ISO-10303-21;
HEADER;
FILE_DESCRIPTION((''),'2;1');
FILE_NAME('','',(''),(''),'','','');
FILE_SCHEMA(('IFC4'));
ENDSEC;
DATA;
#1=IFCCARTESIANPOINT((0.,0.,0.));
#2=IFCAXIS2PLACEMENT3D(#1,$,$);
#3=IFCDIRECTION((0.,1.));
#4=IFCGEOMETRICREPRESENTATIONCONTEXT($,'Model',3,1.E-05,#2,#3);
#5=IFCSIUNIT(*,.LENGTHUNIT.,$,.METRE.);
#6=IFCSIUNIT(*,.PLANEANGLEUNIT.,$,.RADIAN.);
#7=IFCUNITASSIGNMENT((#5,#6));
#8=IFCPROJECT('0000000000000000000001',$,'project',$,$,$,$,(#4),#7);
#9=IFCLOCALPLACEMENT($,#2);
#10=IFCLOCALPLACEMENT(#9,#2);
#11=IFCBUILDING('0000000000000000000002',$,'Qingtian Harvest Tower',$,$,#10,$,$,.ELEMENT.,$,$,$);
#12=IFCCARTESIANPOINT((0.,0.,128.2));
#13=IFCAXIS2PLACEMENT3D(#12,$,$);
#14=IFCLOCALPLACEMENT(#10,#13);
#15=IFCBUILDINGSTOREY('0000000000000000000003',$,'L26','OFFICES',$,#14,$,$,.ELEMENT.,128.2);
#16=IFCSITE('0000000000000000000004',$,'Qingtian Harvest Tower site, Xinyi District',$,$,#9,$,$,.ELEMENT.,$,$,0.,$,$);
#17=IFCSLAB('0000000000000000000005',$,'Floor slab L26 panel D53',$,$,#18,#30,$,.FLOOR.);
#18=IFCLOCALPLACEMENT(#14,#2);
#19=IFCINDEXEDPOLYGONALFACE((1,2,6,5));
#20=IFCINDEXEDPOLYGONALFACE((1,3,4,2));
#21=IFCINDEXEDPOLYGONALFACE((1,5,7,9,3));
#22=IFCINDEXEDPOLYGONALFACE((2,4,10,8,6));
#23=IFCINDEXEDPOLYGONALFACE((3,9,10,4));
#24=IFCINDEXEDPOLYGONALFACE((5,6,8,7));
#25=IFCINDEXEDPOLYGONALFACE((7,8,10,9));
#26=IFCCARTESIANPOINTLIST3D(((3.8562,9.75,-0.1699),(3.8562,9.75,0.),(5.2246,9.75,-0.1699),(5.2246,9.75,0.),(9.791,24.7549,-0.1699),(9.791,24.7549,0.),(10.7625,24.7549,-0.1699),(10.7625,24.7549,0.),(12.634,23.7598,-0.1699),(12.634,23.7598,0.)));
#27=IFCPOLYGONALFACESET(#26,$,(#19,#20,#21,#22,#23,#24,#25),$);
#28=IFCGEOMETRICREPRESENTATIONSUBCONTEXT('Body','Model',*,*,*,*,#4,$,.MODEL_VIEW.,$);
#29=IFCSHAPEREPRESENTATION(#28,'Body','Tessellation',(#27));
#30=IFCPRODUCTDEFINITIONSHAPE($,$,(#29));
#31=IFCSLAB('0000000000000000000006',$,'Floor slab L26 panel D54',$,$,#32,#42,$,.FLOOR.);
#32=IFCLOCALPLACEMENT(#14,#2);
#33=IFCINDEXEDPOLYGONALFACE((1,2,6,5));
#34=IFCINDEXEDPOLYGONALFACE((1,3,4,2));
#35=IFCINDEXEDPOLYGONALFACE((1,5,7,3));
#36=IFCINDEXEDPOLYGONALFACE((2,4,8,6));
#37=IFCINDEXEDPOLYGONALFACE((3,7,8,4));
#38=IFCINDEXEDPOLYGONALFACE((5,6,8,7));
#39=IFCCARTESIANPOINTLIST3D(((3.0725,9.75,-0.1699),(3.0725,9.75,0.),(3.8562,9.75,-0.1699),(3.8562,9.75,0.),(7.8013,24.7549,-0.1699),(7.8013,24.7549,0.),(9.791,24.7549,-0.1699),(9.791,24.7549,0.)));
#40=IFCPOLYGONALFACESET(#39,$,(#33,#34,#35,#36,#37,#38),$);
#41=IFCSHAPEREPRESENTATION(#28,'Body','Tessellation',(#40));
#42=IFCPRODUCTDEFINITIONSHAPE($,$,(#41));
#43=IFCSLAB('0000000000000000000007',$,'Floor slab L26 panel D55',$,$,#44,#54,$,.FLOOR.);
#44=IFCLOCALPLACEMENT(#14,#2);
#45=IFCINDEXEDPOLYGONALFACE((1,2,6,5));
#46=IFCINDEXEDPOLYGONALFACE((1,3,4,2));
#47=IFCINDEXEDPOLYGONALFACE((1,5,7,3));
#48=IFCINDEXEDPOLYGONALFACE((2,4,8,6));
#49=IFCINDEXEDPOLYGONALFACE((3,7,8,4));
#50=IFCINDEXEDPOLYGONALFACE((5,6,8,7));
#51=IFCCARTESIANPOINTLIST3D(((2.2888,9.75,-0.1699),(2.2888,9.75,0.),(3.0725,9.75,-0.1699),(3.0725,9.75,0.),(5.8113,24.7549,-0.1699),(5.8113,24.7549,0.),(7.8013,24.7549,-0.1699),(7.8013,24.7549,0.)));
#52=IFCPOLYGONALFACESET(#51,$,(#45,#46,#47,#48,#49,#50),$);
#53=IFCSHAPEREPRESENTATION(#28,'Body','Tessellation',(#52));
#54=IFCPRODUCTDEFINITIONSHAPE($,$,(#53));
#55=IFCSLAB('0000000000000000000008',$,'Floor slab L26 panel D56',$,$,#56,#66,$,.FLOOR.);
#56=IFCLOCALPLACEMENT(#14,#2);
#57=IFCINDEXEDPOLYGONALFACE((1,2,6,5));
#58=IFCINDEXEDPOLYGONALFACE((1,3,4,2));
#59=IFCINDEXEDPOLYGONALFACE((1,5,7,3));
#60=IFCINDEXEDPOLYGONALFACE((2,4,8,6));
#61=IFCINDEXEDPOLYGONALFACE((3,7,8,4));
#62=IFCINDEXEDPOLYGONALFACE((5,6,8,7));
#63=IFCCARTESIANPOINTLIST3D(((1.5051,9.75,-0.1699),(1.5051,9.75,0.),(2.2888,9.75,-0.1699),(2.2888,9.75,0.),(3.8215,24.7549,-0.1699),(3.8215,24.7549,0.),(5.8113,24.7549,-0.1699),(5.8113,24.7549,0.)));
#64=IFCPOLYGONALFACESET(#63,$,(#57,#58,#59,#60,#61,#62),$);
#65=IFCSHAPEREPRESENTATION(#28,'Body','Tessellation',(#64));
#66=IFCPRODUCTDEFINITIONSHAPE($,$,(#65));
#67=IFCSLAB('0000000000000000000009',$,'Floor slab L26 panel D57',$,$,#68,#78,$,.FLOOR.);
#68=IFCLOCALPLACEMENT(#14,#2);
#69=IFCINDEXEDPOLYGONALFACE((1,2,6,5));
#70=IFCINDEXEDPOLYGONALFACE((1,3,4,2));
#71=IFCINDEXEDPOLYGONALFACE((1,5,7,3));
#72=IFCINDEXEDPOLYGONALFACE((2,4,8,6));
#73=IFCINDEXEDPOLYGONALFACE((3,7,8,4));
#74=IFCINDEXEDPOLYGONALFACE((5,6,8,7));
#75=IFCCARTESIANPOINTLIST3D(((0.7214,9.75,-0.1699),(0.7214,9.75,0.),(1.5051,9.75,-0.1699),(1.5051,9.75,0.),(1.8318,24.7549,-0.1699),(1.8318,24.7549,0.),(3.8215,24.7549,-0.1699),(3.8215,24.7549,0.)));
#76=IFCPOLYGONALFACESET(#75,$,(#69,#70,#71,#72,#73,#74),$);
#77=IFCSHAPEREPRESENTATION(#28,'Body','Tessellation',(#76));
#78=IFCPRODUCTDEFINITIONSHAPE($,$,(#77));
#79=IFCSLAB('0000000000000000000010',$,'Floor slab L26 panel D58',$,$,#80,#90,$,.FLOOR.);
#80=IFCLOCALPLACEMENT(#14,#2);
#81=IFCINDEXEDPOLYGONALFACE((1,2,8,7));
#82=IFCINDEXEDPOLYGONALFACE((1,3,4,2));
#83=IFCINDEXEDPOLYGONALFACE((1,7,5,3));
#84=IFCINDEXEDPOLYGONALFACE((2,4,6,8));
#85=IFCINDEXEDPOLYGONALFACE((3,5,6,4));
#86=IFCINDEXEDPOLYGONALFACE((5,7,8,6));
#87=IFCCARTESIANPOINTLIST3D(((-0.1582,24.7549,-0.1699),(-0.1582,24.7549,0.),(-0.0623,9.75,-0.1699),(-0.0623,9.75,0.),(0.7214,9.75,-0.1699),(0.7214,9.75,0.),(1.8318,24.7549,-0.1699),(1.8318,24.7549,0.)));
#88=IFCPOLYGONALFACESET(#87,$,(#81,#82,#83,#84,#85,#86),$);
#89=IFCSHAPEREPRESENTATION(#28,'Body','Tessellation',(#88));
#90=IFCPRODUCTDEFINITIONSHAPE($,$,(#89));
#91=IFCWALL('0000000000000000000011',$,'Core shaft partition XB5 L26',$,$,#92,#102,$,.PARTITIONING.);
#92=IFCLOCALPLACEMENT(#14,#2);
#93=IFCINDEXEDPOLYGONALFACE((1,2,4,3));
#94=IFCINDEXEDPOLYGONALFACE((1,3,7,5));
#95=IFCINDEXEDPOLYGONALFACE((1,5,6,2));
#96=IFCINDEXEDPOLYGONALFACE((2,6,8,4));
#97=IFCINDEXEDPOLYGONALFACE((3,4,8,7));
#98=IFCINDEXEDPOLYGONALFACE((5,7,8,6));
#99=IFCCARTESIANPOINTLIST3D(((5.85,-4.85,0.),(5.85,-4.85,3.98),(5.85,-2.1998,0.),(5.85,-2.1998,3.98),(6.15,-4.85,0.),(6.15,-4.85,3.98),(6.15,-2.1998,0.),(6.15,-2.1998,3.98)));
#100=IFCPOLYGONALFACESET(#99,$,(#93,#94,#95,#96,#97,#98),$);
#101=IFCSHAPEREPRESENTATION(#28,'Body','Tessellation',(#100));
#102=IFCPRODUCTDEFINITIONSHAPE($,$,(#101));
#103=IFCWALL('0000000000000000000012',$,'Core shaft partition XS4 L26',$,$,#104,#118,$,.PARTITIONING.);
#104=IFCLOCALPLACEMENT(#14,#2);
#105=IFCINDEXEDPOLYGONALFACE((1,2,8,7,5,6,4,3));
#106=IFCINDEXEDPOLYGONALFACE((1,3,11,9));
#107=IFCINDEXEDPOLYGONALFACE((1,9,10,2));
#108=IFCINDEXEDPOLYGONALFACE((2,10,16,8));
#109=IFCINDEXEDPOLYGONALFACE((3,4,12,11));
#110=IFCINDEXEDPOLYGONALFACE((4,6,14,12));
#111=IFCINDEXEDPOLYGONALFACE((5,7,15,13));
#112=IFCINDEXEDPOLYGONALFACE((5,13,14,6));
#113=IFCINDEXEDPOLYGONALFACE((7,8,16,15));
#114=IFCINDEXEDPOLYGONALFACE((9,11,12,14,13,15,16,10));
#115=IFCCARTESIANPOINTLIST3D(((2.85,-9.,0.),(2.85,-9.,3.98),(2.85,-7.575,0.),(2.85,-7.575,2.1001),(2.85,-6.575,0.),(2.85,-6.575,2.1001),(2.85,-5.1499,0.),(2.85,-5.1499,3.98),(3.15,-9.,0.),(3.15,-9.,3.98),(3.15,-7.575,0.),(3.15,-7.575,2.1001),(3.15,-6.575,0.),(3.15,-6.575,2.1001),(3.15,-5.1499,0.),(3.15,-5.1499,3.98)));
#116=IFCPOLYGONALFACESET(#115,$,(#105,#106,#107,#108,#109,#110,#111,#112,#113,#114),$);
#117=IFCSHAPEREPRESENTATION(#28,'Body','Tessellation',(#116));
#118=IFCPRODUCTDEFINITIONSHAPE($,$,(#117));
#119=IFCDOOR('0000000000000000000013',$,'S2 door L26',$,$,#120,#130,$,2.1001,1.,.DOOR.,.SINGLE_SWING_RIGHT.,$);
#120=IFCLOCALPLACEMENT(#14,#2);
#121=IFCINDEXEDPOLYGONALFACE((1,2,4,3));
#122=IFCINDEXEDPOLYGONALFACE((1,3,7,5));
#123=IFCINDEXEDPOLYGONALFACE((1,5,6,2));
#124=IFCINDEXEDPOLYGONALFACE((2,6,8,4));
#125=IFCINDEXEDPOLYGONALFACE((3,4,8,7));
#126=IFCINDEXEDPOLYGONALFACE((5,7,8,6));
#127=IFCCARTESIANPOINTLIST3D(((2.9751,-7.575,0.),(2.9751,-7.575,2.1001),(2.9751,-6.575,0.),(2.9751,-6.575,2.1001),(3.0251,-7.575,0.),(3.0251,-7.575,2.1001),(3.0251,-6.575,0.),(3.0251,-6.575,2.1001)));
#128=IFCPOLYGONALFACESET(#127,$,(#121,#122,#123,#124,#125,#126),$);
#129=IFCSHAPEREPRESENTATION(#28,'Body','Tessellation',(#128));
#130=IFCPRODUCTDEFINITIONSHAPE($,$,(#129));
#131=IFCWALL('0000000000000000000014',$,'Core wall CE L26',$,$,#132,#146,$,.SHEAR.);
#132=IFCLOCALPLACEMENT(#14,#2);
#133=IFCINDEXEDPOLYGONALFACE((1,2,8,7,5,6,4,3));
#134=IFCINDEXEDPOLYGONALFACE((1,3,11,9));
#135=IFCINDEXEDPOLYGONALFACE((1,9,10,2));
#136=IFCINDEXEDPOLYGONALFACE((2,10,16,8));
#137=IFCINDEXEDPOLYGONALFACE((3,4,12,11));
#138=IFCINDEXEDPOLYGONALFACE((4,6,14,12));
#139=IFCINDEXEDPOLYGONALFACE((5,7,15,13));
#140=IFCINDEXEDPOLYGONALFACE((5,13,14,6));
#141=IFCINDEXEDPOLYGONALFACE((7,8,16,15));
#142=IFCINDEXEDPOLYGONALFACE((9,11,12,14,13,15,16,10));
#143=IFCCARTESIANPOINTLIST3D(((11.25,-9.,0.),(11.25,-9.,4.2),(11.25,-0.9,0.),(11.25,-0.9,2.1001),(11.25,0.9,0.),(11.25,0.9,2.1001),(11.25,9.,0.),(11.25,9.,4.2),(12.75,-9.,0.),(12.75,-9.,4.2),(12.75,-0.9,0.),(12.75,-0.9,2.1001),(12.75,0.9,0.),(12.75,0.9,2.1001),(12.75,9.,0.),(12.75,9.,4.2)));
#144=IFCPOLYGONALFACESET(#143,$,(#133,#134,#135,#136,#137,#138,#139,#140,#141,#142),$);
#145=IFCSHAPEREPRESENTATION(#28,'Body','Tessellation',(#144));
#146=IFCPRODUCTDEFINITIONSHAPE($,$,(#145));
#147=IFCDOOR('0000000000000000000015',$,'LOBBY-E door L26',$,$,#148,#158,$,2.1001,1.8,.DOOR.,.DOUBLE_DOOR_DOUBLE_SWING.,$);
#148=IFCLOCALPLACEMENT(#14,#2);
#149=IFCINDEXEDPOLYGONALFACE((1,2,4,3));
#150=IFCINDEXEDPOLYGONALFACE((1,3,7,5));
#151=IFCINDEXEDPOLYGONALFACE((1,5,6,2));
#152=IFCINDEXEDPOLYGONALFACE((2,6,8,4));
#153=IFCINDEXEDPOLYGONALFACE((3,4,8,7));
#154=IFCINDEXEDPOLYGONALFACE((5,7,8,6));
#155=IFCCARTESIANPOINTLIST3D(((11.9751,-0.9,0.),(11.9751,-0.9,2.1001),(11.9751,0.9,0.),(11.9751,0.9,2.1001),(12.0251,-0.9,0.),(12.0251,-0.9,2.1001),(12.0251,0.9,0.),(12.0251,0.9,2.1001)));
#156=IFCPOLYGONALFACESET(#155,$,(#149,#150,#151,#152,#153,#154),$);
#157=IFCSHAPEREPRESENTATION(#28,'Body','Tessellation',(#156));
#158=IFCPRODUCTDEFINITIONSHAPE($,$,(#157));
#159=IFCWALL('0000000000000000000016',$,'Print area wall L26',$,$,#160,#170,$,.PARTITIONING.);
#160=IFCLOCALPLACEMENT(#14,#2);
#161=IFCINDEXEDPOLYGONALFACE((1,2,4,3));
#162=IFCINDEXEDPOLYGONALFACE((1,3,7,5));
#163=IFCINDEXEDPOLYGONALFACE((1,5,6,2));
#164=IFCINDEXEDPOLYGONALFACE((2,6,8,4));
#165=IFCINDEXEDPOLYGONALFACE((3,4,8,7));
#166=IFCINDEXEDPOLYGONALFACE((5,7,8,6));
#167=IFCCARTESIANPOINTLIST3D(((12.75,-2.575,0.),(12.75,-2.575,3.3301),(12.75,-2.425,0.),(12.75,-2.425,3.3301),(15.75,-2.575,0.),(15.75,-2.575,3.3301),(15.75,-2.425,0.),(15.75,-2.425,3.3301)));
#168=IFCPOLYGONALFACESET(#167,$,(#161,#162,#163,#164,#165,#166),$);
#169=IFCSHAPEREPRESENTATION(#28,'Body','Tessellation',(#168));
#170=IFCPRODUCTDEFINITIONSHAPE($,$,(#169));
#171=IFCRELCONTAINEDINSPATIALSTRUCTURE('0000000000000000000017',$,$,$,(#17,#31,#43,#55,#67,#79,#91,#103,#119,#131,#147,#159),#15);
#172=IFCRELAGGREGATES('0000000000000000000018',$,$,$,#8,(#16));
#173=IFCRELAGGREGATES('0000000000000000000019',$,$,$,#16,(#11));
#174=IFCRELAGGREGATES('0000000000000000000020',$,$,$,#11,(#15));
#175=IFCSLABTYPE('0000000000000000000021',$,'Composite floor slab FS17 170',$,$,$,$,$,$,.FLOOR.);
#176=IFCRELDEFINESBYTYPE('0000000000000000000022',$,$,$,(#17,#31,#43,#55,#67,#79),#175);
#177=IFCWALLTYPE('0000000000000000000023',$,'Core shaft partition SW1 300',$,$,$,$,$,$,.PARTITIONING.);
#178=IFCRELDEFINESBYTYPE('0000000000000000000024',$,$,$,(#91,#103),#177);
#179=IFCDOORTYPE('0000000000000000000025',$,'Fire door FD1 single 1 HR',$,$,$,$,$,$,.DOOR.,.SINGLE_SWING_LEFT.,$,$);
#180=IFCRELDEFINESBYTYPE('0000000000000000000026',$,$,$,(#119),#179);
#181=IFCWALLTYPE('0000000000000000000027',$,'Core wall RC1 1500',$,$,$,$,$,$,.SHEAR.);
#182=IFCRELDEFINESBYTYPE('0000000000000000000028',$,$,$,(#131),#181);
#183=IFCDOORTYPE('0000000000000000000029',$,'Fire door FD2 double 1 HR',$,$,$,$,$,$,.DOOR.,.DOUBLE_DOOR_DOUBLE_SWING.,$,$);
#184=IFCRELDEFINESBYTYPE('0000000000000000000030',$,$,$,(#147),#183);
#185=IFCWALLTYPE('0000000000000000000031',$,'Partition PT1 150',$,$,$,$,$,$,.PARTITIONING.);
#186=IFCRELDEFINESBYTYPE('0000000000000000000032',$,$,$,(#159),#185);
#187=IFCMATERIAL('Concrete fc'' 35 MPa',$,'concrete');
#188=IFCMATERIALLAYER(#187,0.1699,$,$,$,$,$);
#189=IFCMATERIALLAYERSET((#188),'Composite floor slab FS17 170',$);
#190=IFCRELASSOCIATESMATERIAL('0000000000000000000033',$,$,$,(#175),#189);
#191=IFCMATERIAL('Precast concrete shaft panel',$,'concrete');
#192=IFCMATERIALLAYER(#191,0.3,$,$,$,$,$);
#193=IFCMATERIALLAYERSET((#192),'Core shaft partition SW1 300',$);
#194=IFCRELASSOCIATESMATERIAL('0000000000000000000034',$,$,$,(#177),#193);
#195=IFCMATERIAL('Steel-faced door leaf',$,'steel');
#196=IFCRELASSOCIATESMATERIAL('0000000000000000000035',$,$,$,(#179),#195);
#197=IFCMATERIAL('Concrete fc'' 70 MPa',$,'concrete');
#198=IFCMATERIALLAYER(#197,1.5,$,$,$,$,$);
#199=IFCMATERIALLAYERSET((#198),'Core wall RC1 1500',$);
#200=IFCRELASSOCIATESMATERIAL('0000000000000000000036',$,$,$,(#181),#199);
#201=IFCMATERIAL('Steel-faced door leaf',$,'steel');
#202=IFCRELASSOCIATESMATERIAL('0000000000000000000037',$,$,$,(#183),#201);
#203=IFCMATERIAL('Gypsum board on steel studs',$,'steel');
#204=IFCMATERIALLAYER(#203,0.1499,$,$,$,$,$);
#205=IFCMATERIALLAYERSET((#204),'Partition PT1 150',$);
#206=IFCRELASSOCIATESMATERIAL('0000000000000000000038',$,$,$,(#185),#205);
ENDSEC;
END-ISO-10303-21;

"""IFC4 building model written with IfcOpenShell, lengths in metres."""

from ifc_helpers import new_model, si_unit, direction, frame, frame_2d, origin, place, context, subcontext, project, spatial, polyline, rectangle, outline, extrude, material, layer, layer_set, type_object, element, fill, save


model = new_model("IFC4")

# Units and contexts
model_context = context("Model", 3, precision=1e-05, world=origin(), true_north=direction((0.0, 1.0)))
body_context = subcontext(model_context, "Body", "Model", "MODEL_VIEW")
ifc_project = project(units=[si_unit("LENGTHUNIT", "METRE"), si_unit("PLANEANGLEUNIT", "RADIAN")], contexts=[model_context])

# Site, building, storey
site_placement = place(None, origin())
site = spatial("IfcSite", under=ifc_project, at=site_placement, Name="Qingtian Harvest Tower site, Xinyi District", CompositionType="ELEMENT", RefElevation=0.0)
building_placement = place(site_placement, origin())
building = spatial("IfcBuilding", under=site, at=building_placement, Name="Qingtian Harvest Tower", CompositionType="ELEMENT")
storey_placement = place(building_placement, frame((0.0, 0.0, 128.2)))
storey = spatial("IfcBuildingStorey", under=building, at=storey_placement, Name="L26", Description="OFFICES", CompositionType="ELEMENT", Elevation=128.2)

# Slabs
ifc_material_1 = material(Name="Concrete fc' 35 MPa", Category="concrete")
ifc_layer_1 = layer(ifc_material_1, 0.1699)
ifc_layer_set_1 = layer_set([ifc_layer_1], Name="Composite floor slab FS17 170")
slab_type = type_object("IfcSlabType", Name="Composite floor slab FS17 170", PredefinedType="FLOOR", material=ifc_layer_set_1)
slab_1_placement = place(storey_placement, frame((0.0, 0.0, -0.1699)))
element("IfcSlab", 1, at=slab_1_placement, inside=storey, type_object=slab_type, Name="Floor slab L26 panel D53", PredefinedType="FLOOR", context=body_context, shape_type="SweptSolid", body=[
    extrude(outline(polyline([(3.8562, 9.75), (9.791, 24.7549), (10.7625, 24.7549), (12.634, 23.7598), (5.2246, 9.75), (3.8562, 9.75)])), origin(), (0.0, 0.0, 1.0), 0.1699),
])
slab_2_placement = place(storey_placement, frame((0.0, 0.0, -0.1699)))
element("IfcSlab", 2, at=slab_2_placement, inside=storey, type_object=slab_type, Name="Floor slab L26 panel D54", PredefinedType="FLOOR", context=body_context, shape_type="SweptSolid", body=[
    extrude(outline(polyline([(3.0725, 9.75), (7.8013, 24.7549), (9.791, 24.7549), (3.8562, 9.75), (3.0725, 9.75)])), origin(), (0.0, 0.0, 1.0), 0.1699),
])
slab_3_placement = place(storey_placement, frame((0.0, 0.0, -0.1699)))
element("IfcSlab", 3, at=slab_3_placement, inside=storey, type_object=slab_type, Name="Floor slab L26 panel D55", PredefinedType="FLOOR", context=body_context, shape_type="SweptSolid", body=[
    extrude(outline(polyline([(2.2888, 9.75), (5.8113, 24.7549), (7.8013, 24.7549), (3.0725, 9.75), (2.2888, 9.75)])), origin(), (0.0, 0.0, 1.0), 0.1699),
])
slab_4_placement = place(storey_placement, frame((0.0, 0.0, -0.1699)))
element("IfcSlab", 4, at=slab_4_placement, inside=storey, type_object=slab_type, Name="Floor slab L26 panel D56", PredefinedType="FLOOR", context=body_context, shape_type="SweptSolid", body=[
    extrude(outline(polyline([(1.5051, 9.75), (3.8215, 24.7549), (5.8113, 24.7549), (2.2888, 9.75), (1.5051, 9.75)])), origin(), (0.0, 0.0, 1.0), 0.1699),
])
slab_5_placement = place(storey_placement, frame((0.0, 0.0, -0.1699)))
element("IfcSlab", 5, at=slab_5_placement, inside=storey, type_object=slab_type, Name="Floor slab L26 panel D57", PredefinedType="FLOOR", context=body_context, shape_type="SweptSolid", body=[
    extrude(outline(polyline([(0.7214, 9.75), (1.8318, 24.7549), (3.8215, 24.7549), (1.5051, 9.75), (0.7214, 9.75)])), origin(), (0.0, 0.0, 1.0), 0.1699),
])
slab_6_placement = place(storey_placement, frame((0.0, 0.0, -0.1699)))
element("IfcSlab", 6, at=slab_6_placement, inside=storey, type_object=slab_type, Name="Floor slab L26 panel D58", PredefinedType="FLOOR", context=body_context, shape_type="SweptSolid", body=[
    extrude(outline(polyline([(-0.0623, 9.75), (-0.1582, 24.7549), (1.8318, 24.7549), (0.7214, 9.75), (-0.0623, 9.75)])), origin(), (0.0, 0.0, 1.0), 0.1699),
])

# Wall
ifc_material_2 = material(Name="Precast concrete shaft panel", Category="concrete")
ifc_layer_2 = layer(ifc_material_2, 0.3)
ifc_layer_set_2 = layer_set([ifc_layer_2], Name="Core shaft partition SW1 300")
wall_type_1 = type_object("IfcWallType", Name="Core shaft partition SW1 300", PredefinedType="PARTITIONING", material=ifc_layer_set_2)
wall_1_placement = place(storey_placement, frame((6.0, -4.8501, 0.0), z_axis=(0.0, 0.0, 1.0), x_axis=(0.0, 1.0, 0.0)))
element("IfcWall", 7, at=wall_1_placement, inside=storey, type_object=wall_type_1, Name="Core shaft partition XB5 L26", PredefinedType="PARTITIONING", context=body_context, shape_type="SweptSolid", body=[
    extrude(rectangle(XDim=2.6501, YDim=0.3, at=frame_2d((1.3252, 0.0))), origin(), (0.0, 0.0, 1.0), 3.98),
])

# Walls, openings, doors
wall_2_placement = place(storey_placement, frame((3.0, -9.0, 0.0), z_axis=(0.0, 0.0, 1.0), x_axis=(0.0, 1.0, 0.0)))
wall_2 = element("IfcWall", 8, at=wall_2_placement, inside=storey, type_object=wall_type_1, Name="Core shaft partition XS4 L26", PredefinedType="PARTITIONING", context=body_context, shape_type="SweptSolid", body=[
    extrude(rectangle(XDim=3.8501, YDim=0.3, at=frame_2d((1.925, 0.0))), origin(), (0.0, 0.0, 1.0), 3.98),
])
opening_1_placement = place(wall_2_placement, frame((1.425, 0.0, 0.0)))
opening_1 = element("IfcOpeningElement", 9, at=opening_1_placement, cuts=wall_2, PredefinedType="OPENING", context=body_context, shape_type="SweptSolid", body=[
    extrude(rectangle(XDim=1.0, YDim=2.1001, at=frame_2d((0.5, 1.05))), frame((0.0, 0.1599, 0.0), z_axis=(0.0, -1.0, 0.0), x_axis=(1.0, 0.0, 0.0)), (0.0, 0.0, 1.0), 0.3201),
])
ifc_material_3 = material(Name="Steel-faced door leaf", Category="steel")
door_type_1 = type_object("IfcDoorType", Name="Fire door FD1 single 1 HR", OperationType="SINGLE_SWING_LEFT", PredefinedType="DOOR", material=ifc_material_3)
door_1_placement = place(opening_1_placement, origin())
door_1 = element("IfcDoor", 10, at=door_1_placement, inside=storey, type_object=door_type_1, Name="S2 door L26", OperationType="SINGLE_SWING_RIGHT", OverallHeight=2.1001, OverallWidth=1.0, PredefinedType="DOOR", context=body_context, shape_type="SweptSolid", body=[
    extrude(rectangle(XDim=1.0, YDim=2.1001, at=frame_2d((0.5, 1.05))), frame((0.0, 0.0249, 0.0), z_axis=(0.0, -1.0, 0.0), x_axis=(1.0, 0.0, 0.0)), (0.0, 0.0, 1.0), 0.05),
])
fill(opening_1, door_1)
ifc_material_4 = material(Name="Concrete fc' 70 MPa", Category="concrete")
ifc_layer_3 = layer(ifc_material_4, 1.5)
ifc_layer_set_3 = layer_set([ifc_layer_3], Name="Core wall RC1 1500")
wall_type_2 = type_object("IfcWallType", Name="Core wall RC1 1500", PredefinedType="SHEAR", material=ifc_layer_set_3)
wall_3_placement = place(storey_placement, frame((12.0, -9.0, 0.0), z_axis=(0.0, 0.0, 1.0), x_axis=(0.0, 1.0, 0.0)))
wall_3 = element("IfcWall", 11, at=wall_3_placement, inside=storey, type_object=wall_type_2, Name="Core wall CE L26", PredefinedType="SHEAR", context=body_context, shape_type="SweptSolid", body=[
    extrude(rectangle(XDim=18.0, YDim=1.5, at=frame_2d((9.0, 0.0))), origin(), (0.0, 0.0, 1.0), 4.2),
])
opening_2_placement = place(wall_3_placement, frame((8.1001, 0.0, 0.0)))
opening_2 = element("IfcOpeningElement", 12, at=opening_2_placement, cuts=wall_3, PredefinedType="OPENING", context=body_context, shape_type="SweptSolid", body=[
    extrude(rectangle(XDim=1.8, YDim=2.1001, at=frame_2d((0.8999, 1.05))), frame((0.0, 0.76, 0.0), z_axis=(0.0, -1.0, 0.0), x_axis=(1.0, 0.0, 0.0)), (0.0, 0.0, 1.0), 1.52),
])
ifc_material_5 = material(Name="Steel-faced door leaf", Category="steel")
door_type_2 = type_object("IfcDoorType", Name="Fire door FD2 double 1 HR", OperationType="DOUBLE_DOOR_DOUBLE_SWING", PredefinedType="DOOR", material=ifc_material_5)
door_2_placement = place(opening_2_placement, origin())
door_2 = element("IfcDoor", 13, at=door_2_placement, inside=storey, type_object=door_type_2, Name="LOBBY-E door L26", OperationType="DOUBLE_DOOR_DOUBLE_SWING", OverallHeight=2.1001, OverallWidth=1.8, PredefinedType="DOOR", context=body_context, shape_type="SweptSolid", body=[
    extrude(rectangle(XDim=1.8, YDim=2.1001, at=frame_2d((0.8999, 1.05))), frame((0.0, 0.0249, 0.0), z_axis=(0.0, -1.0, 0.0), x_axis=(1.0, 0.0, 0.0)), (0.0, 0.0, 1.0), 0.05),
])
fill(opening_2, door_2)

# Wall
ifc_material_6 = material(Name="Gypsum board on steel studs", Category="steel")
ifc_layer_4 = layer(ifc_material_6, 0.1499)
ifc_layer_set_4 = layer_set([ifc_layer_4], Name="Partition PT1 150")
wall_type_3 = type_object("IfcWallType", Name="Partition PT1 150", PredefinedType="PARTITIONING", material=ifc_layer_set_4)
wall_4_placement = place(storey_placement, frame((12.75, -2.5, 0.0), z_axis=(0.0, 0.0, 1.0), x_axis=(1.0, 0.0, 0.0)))
element("IfcWall", 14, at=wall_4_placement, inside=storey, type_object=wall_type_3, Name="Print area wall L26", PredefinedType="PARTITIONING", context=body_context, shape_type="SweptSolid", body=[
    extrude(rectangle(XDim=3.0, YDim=0.1499, at=frame_2d((1.5, 0.0))), origin(), (0.0, 0.0, 1.0), 3.3301),
])

save(model, "model.ifc")
